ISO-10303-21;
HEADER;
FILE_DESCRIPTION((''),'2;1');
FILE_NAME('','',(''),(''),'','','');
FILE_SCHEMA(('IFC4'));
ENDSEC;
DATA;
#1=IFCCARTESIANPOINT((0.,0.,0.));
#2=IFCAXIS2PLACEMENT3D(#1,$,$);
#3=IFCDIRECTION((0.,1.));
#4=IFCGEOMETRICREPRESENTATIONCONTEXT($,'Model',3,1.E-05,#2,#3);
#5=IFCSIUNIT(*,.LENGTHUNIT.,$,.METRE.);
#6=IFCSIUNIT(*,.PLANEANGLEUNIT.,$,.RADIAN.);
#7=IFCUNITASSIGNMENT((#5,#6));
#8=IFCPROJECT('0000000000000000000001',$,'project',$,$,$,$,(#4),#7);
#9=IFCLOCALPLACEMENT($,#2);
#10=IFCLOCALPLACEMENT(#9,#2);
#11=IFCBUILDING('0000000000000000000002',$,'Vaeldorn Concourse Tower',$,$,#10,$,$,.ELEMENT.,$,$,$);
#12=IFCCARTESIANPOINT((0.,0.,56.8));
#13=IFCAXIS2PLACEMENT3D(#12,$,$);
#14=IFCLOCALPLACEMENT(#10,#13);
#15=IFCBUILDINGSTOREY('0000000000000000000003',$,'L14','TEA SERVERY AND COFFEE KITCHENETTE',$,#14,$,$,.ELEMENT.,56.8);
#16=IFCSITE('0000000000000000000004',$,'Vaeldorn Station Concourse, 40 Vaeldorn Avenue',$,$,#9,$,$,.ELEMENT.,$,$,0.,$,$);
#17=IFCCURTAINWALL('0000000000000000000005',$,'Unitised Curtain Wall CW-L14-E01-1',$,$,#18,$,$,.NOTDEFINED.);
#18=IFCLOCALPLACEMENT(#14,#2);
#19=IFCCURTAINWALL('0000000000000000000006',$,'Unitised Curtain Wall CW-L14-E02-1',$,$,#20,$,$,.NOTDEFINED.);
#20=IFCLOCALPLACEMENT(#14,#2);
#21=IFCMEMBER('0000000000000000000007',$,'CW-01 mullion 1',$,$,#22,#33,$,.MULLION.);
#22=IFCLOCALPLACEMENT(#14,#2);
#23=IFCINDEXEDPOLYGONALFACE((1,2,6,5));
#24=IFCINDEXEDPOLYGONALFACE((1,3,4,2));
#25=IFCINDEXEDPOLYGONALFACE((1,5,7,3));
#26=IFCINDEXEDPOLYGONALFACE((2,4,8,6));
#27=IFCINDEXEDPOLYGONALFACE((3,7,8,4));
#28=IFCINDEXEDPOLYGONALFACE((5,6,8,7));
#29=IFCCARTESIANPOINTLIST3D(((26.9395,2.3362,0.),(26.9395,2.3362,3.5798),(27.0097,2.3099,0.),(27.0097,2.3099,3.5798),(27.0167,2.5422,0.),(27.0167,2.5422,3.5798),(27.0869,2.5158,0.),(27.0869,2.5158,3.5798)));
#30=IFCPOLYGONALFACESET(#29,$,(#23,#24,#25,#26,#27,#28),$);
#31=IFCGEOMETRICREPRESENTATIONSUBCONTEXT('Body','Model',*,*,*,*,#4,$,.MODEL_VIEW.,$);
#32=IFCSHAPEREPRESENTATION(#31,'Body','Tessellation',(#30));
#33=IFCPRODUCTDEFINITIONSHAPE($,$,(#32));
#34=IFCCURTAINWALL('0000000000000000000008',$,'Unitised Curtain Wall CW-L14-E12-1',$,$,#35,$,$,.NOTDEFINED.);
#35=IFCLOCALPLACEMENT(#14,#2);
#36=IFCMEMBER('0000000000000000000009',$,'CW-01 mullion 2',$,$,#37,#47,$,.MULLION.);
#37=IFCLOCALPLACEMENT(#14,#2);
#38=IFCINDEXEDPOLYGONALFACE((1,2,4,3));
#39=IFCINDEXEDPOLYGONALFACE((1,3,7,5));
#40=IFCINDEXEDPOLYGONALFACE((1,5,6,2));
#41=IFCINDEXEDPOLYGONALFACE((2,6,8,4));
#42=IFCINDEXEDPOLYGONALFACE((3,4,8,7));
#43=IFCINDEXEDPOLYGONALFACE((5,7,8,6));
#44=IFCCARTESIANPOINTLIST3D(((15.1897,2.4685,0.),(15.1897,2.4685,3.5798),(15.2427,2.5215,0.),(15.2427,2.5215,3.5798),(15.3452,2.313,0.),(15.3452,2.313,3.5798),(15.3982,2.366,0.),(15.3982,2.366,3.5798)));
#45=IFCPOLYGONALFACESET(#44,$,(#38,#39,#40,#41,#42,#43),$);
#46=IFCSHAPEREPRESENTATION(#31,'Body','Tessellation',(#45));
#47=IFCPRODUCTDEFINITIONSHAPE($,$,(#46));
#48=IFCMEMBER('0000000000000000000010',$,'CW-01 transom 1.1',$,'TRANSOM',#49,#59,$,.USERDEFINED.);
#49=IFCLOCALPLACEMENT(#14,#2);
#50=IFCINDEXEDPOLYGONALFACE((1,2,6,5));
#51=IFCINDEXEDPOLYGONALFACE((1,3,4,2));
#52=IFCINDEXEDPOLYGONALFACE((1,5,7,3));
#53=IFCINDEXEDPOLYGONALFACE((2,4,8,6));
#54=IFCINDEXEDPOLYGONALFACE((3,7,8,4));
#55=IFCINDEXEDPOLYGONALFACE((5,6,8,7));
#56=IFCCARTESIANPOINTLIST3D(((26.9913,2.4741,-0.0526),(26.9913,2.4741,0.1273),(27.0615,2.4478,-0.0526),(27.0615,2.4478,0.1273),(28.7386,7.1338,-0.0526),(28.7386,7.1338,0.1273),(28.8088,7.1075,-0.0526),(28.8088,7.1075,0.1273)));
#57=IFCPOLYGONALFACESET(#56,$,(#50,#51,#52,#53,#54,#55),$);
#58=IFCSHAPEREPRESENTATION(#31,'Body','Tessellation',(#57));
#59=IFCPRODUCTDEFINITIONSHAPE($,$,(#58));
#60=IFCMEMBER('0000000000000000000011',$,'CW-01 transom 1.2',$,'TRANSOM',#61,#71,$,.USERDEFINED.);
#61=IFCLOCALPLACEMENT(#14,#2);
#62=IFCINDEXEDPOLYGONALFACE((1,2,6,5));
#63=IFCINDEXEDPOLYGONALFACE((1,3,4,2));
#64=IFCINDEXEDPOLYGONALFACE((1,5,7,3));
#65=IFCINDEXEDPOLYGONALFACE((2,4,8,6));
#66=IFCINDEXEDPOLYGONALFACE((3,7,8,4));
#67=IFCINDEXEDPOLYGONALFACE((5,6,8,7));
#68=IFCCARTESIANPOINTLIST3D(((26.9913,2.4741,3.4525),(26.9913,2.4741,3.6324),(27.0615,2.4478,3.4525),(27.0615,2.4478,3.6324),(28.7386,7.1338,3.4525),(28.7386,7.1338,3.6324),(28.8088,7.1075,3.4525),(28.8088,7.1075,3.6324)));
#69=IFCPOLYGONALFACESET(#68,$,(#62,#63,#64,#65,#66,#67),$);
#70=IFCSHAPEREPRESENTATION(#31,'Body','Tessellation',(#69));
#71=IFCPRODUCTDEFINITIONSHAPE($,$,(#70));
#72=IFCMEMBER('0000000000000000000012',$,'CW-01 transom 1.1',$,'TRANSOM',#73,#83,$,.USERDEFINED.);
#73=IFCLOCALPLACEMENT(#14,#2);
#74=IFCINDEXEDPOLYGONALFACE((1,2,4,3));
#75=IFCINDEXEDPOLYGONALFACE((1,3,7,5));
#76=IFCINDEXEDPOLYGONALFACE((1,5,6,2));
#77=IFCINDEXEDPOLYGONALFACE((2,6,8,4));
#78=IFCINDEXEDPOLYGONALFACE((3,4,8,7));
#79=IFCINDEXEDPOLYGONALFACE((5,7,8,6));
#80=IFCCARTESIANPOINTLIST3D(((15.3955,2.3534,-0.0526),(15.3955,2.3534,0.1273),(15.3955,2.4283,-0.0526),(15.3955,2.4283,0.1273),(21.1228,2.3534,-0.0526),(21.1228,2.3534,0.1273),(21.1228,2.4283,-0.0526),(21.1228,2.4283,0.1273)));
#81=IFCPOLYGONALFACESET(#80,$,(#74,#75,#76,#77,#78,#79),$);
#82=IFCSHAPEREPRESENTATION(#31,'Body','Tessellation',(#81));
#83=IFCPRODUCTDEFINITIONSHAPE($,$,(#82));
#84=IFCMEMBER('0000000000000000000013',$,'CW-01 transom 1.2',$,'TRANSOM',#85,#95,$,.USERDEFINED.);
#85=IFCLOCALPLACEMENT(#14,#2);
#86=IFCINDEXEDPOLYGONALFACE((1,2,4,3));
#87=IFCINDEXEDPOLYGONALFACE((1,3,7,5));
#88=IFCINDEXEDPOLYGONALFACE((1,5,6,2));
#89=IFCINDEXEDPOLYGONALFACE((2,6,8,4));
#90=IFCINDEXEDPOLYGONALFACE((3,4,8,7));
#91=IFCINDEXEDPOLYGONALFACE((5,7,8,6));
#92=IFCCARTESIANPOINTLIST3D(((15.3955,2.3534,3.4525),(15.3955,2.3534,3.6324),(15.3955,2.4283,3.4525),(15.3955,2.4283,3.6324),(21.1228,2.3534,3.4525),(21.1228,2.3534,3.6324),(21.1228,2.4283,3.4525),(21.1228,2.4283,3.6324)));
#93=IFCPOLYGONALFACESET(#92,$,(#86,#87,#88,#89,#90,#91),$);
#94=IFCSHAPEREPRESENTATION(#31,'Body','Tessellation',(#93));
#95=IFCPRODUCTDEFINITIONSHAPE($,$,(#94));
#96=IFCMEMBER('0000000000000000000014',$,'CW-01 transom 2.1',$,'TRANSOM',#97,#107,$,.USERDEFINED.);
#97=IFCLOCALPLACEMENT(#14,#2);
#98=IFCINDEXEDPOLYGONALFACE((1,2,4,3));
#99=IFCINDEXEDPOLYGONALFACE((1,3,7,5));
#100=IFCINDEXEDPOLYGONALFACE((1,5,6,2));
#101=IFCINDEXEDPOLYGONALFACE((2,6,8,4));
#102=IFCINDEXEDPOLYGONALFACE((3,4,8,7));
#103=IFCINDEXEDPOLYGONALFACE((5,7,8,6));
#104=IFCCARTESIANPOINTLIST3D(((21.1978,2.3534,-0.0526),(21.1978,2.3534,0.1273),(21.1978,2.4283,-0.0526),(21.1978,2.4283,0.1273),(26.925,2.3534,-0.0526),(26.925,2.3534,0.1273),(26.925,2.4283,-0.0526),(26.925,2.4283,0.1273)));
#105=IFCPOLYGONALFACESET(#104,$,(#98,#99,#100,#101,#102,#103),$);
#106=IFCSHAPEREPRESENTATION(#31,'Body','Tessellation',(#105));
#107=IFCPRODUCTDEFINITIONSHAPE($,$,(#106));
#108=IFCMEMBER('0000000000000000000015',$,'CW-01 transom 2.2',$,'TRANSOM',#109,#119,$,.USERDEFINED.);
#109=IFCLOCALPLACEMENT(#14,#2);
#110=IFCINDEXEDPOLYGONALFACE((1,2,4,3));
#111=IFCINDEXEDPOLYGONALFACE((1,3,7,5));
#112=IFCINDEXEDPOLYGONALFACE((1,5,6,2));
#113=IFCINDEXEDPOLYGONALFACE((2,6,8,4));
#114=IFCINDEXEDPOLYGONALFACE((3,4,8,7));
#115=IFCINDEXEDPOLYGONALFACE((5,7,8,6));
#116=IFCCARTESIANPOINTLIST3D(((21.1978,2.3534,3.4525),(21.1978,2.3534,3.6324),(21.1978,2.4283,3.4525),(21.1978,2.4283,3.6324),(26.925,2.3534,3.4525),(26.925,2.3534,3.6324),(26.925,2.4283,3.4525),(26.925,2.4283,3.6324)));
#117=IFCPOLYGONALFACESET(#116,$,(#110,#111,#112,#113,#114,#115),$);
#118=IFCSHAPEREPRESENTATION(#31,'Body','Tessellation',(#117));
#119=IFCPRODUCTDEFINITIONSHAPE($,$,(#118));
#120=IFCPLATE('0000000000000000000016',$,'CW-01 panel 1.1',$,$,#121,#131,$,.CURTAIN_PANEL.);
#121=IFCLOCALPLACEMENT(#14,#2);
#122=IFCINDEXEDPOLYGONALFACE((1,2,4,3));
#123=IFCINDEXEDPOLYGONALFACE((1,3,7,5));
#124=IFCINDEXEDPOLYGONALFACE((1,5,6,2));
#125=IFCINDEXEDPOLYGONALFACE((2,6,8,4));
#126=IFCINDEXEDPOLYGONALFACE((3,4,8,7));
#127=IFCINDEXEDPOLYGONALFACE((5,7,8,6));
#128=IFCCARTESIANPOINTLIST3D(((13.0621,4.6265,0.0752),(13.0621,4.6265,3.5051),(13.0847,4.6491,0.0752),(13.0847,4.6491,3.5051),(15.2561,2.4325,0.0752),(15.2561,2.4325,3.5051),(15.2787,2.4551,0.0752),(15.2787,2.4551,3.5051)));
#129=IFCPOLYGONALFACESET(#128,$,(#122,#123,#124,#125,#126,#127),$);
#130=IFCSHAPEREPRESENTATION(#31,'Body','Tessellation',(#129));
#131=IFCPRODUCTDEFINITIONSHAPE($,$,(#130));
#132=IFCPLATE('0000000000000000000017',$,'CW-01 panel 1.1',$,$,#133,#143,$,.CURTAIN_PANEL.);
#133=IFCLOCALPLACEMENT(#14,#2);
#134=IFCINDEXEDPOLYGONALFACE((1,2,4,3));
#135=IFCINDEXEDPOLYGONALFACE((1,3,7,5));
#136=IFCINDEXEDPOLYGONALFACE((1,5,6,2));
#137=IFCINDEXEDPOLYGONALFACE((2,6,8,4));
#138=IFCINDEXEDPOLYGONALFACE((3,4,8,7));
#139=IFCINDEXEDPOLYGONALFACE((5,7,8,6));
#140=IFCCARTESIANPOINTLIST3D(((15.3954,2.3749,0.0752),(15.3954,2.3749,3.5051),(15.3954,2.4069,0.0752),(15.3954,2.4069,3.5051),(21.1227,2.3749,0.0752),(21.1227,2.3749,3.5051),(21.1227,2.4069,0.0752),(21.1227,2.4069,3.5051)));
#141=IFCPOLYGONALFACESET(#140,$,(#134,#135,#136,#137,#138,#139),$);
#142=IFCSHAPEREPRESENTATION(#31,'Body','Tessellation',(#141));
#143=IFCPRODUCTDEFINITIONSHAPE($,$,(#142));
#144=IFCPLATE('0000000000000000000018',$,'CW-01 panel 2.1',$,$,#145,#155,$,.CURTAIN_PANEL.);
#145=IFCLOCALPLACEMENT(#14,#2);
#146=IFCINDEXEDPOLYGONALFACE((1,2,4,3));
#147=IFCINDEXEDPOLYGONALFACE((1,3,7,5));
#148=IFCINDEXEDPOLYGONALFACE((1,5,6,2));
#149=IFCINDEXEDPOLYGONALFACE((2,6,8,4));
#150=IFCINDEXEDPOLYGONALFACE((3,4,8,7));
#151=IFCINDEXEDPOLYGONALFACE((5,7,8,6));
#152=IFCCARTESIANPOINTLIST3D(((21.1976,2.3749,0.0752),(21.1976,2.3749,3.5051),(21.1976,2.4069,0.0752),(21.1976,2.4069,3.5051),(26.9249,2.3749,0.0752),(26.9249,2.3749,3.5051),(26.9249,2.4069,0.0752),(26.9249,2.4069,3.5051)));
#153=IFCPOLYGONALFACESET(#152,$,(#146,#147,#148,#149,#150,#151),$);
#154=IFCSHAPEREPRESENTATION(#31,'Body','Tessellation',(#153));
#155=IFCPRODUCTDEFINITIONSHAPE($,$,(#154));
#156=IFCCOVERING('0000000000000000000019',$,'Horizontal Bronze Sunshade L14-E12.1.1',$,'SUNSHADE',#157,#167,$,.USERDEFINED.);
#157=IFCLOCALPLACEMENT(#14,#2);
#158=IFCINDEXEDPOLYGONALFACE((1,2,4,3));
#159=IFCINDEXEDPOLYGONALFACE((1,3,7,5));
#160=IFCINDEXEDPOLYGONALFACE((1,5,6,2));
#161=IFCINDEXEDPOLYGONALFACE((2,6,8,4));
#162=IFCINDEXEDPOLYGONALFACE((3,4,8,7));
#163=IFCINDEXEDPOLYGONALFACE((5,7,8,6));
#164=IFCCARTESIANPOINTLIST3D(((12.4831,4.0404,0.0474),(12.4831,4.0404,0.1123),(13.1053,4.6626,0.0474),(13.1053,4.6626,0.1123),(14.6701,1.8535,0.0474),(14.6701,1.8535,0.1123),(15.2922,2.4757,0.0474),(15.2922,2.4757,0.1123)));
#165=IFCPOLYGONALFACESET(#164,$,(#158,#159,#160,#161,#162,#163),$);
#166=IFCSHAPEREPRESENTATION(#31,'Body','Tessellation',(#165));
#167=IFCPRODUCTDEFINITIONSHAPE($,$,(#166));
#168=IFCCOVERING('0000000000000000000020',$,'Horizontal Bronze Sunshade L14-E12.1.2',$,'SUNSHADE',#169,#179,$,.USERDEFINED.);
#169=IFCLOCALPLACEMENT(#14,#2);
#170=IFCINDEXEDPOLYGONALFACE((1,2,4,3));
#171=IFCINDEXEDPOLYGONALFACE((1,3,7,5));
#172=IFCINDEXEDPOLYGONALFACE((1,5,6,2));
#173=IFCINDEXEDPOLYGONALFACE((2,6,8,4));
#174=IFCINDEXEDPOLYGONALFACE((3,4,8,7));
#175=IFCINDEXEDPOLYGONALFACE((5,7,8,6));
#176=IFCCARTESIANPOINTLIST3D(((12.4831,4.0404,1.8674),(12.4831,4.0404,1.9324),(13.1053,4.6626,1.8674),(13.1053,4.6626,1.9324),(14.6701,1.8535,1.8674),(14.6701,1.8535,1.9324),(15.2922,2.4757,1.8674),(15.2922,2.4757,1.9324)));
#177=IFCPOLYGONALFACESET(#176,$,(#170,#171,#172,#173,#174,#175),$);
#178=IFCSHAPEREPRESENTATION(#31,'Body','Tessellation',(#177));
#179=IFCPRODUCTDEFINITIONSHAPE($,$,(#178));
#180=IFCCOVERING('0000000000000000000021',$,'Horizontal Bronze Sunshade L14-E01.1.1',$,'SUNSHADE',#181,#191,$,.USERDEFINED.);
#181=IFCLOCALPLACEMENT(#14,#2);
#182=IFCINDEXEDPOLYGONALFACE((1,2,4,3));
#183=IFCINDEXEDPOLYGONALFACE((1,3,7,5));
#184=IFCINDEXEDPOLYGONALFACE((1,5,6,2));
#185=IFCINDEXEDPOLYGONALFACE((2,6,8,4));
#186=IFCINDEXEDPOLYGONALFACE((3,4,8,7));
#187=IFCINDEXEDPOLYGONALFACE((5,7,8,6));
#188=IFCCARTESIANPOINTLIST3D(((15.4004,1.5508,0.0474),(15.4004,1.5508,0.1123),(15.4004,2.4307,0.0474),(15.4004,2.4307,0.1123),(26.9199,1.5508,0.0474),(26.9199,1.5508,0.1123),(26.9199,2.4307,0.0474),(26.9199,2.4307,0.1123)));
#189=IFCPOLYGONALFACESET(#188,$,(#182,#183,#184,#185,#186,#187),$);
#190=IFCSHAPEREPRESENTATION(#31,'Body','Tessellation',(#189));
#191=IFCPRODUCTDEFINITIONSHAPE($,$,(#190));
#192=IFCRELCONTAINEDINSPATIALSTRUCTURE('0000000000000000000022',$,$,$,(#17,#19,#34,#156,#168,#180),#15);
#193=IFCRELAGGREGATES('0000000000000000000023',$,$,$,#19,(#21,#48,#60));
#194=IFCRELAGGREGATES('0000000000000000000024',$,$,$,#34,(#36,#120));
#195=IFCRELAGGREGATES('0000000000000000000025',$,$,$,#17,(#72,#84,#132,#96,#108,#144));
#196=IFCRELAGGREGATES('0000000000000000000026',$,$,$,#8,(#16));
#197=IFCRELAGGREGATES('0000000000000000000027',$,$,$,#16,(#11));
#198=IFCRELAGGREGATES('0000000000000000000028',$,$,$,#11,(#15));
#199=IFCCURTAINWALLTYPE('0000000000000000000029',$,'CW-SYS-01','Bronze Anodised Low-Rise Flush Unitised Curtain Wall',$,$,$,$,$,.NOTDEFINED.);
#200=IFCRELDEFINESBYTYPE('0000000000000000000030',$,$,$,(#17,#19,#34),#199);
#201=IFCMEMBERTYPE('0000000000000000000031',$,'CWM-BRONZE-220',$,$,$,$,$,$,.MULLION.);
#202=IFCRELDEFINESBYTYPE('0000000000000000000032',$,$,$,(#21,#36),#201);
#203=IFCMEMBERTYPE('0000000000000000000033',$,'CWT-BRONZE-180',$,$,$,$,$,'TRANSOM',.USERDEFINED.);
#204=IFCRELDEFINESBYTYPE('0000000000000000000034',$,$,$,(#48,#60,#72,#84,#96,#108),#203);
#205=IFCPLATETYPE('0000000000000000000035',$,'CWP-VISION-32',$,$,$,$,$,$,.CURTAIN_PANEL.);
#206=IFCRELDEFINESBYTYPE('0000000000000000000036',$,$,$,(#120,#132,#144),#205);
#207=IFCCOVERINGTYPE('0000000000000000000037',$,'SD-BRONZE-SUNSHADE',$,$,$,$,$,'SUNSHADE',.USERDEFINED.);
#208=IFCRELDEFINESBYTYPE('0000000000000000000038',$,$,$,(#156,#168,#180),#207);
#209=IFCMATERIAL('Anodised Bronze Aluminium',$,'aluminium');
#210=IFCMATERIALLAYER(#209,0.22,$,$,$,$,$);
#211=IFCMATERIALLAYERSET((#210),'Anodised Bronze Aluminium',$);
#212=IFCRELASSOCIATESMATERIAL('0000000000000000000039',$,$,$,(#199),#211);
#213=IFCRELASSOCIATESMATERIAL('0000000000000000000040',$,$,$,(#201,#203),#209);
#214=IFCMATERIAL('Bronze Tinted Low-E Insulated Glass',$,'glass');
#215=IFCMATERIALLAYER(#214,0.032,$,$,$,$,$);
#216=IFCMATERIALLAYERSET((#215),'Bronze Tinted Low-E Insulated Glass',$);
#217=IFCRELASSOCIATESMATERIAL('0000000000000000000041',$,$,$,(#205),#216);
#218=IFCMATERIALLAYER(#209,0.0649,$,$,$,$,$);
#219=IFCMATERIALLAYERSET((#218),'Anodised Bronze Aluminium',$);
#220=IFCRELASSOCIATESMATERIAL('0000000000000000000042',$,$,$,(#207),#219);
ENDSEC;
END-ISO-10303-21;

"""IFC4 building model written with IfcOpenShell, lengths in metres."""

from ifc_helpers import new_model, si_unit, direction, frame, origin, origin_2d, place, context, subcontext, project, spatial, rectangle, extrude, source, transform, mapped, material, layer, layer_set, material_profile, profile_set, type_object, element, aggregate, save


model = new_model("IFC4")

# Units and contexts
model_context = context("Model", 3, precision=1e-05, world=origin(), true_north=direction((0.0, 1.0)))
body_context = subcontext(model_context, "Body", "Model", "MODEL_VIEW")
ifc_project = project(units=[si_unit("LENGTHUNIT", "METRE"), si_unit("PLANEANGLEUNIT", "RADIAN")], contexts=[model_context])

# Site, building, storey
site_placement = place(None, origin())
site = spatial("IfcSite", under=ifc_project, at=site_placement, Name="Vaeldorn Station Concourse, 40 Vaeldorn Avenue", CompositionType="ELEMENT", RefElevation=0.0)
building_placement = place(site_placement, origin())
building = spatial("IfcBuilding", under=site, at=building_placement, Name="Vaeldorn Concourse Tower", CompositionType="ELEMENT")
storey_placement = place(building_placement, frame((0.0, 0.0, 56.8)))
storey = spatial("IfcBuildingStorey", under=building, at=storey_placement, Name="L14", Description="TEA SERVERY AND COFFEE KITCHENETTE", CompositionType="ELEMENT", Elevation=56.8)

# Curtain wall
ifc_material_1 = material(Name="Anodised Bronze Aluminium", Category="aluminium")
ifc_layer_1 = layer(ifc_material_1, 0.22)
ifc_layer_set_1 = layer_set([ifc_layer_1], Name="Anodised Bronze Aluminium")
curtain_wall_type = type_object("IfcCurtainWallType", Name="CW-SYS-01", Description="Bronze Anodised Low-Rise Flush Unitised Curtain Wall", PredefinedType="NOTDEFINED", material=ifc_layer_set_1)
curtain_wall_1_placement = place(storey_placement, origin())
curtain_wall_1 = element("IfcCurtainWall", 1, at=curtain_wall_1_placement, inside=storey, type_object=curtain_wall_type, Name="Unitised Curtain Wall CW-L14-E01-1", PredefinedType="NOTDEFINED")
ifc_material_profile_1 = material_profile(ifc_material_1, rectangle(XDim=0.075, YDim=0.22, at=origin_2d()), Name="CWM 75x220")
ifc_profile_set_1 = profile_set([ifc_material_profile_1], Name="Anodised Bronze Aluminium")
member_type_1 = type_object("IfcMemberType", Name="CWM-BRONZE-220", PredefinedType="MULLION", material=ifc_profile_set_1)
shared_shape_1 = source(origin(), body_context, "Body", "SweptSolid", [
    extrude(rectangle(XDim=0.075, YDim=0.22, at=origin_2d()), origin(), (0.0, 0.0, 1.0), 3.5798),
])

# Curtain walls, members
curtain_wall_2_placement = place(storey_placement, origin())
curtain_wall_2 = element("IfcCurtainWall", 2, at=curtain_wall_2_placement, inside=storey, type_object=curtain_wall_type, Name="Unitised Curtain Wall CW-L14-E02-1", PredefinedType="NOTDEFINED")
member_1_placement = place(storey_placement, frame((27.0132, 2.426, 0.0), z_axis=(0.0, 0.0, 1.0), x_axis=(-0.936329, 0.351123, 0.0)))
member_1 = element("IfcMember", 3, at=member_1_placement, type_object=member_type_1, Name="CW-01 mullion 1", PredefinedType="MULLION", context=body_context, shape_type="MappedRepresentation", body=[
    mapped(shared_shape_1, transform((0.0, 0.0, 0.0), scale=1.0)),
])
curtain_wall_3_placement = place(storey_placement, origin())
curtain_wall_3 = element("IfcCurtainWall", 4, at=curtain_wall_3_placement, inside=storey, type_object=curtain_wall_type, Name="Unitised Curtain Wall CW-L14-E12-1", PredefinedType="NOTDEFINED")
member_2_placement = place(storey_placement, frame((15.2939, 2.4172, 0.0), z_axis=(0.0, 0.0, 1.0), x_axis=(0.707107, 0.707107, 0.0)))
member_2 = element("IfcMember", 5, at=member_2_placement, type_object=member_type_1, Name="CW-01 mullion 2", PredefinedType="MULLION", context=body_context, shape_type="MappedRepresentation", body=[
    mapped(shared_shape_1, transform((0.0, 0.0, 0.0), scale=1.0)),
])

# Members
ifc_material_profile_2 = material_profile(ifc_material_1, rectangle(XDim=0.075, YDim=0.1799, at=origin_2d()), Name="CWT 75x180")
ifc_profile_set_2 = profile_set([ifc_material_profile_2], Name="Anodised Bronze Aluminium")
member_type_2 = type_object("IfcMemberType", Name="CWT-BRONZE-180", ElementType="TRANSOM", PredefinedType="USERDEFINED", material=ifc_profile_set_2)
shared_shape_2 = source(origin(), body_context, "Body", "SweptSolid", [
    extrude(rectangle(XDim=0.075, YDim=0.1799, at=origin_2d()), origin(), (0.0, 0.0, 1.0), 4.9766),
])
member_3_placement = place(storey_placement, frame((27.0264, 2.4609, 0.0374), z_axis=(0.351113, 0.936333, 0.0), x_axis=(-0.936333, 0.351113, 0.0)))
member_3 = element("IfcMember", 6, at=member_3_placement, type_object=member_type_2, Name="CW-01 transom 1.1", ObjectType="TRANSOM", PredefinedType="USERDEFINED", context=body_context, shape_type="MappedRepresentation", body=[
    mapped(shared_shape_2, transform((0.0, 0.0, 0.0), scale=1.0)),
])
member_4_placement = place(storey_placement, frame((27.0264, 2.4609, 3.5425), z_axis=(0.351113, 0.936333, 0.0), x_axis=(-0.936333, 0.351113, 0.0)))
member_4 = element("IfcMember", 7, at=member_4_placement, type_object=member_type_2, Name="CW-01 transom 1.2", ObjectType="TRANSOM", PredefinedType="USERDEFINED", context=body_context, shape_type="MappedRepresentation", body=[
    mapped(shared_shape_2, transform((0.0, 0.0, 0.0), scale=1.0)),
])
aggregate(curtain_wall_2, [member_1, member_3, member_4])
shared_shape_3 = source(origin(), body_context, "Body", "SweptSolid", [
    extrude(rectangle(XDim=0.075, YDim=0.1799, at=origin_2d()), origin(), (0.0, 0.0, 1.0), 5.7273),
])
member_5_placement = place(storey_placement, frame((15.3955, 2.3909, 0.0374), z_axis=(1.0, 0.0, 0.0), x_axis=(0.0, 1.0, 0.0)))
member_5 = element("IfcMember", 8, at=member_5_placement, type_object=member_type_2, Name="CW-01 transom 1.1", ObjectType="TRANSOM", PredefinedType="USERDEFINED", context=body_context, shape_type="MappedRepresentation", body=[
    mapped(shared_shape_3, transform((0.0, 0.0, 0.0), scale=1.0)),
])
member_6_placement = place(storey_placement, frame((15.3955, 2.3909, 3.5425), z_axis=(1.0, 0.0, 0.0), x_axis=(0.0, 1.0, 0.0)))
member_6 = element("IfcMember", 9, at=member_6_placement, type_object=member_type_2, Name="CW-01 transom 1.2", ObjectType="TRANSOM", PredefinedType="USERDEFINED", context=body_context, shape_type="MappedRepresentation", body=[
    mapped(shared_shape_3, transform((0.0, 0.0, 0.0), scale=1.0)),
])
member_7_placement = place(storey_placement, frame((21.1978, 2.3909, 0.0374), z_axis=(1.0, 0.0, 0.0), x_axis=(0.0, 1.0, 0.0)))
member_7 = element("IfcMember", 10, at=member_7_placement, type_object=member_type_2, Name="CW-01 transom 2.1", ObjectType="TRANSOM", PredefinedType="USERDEFINED", context=body_context, shape_type="MappedRepresentation", body=[
    mapped(shared_shape_3, transform((0.0, 0.0, 0.0), scale=1.0)),
])
member_8_placement = place(storey_placement, frame((21.1978, 2.3909, 3.5425), z_axis=(1.0, 0.0, 0.0), x_axis=(0.0, 1.0, 0.0)))
member_8 = element("IfcMember", 11, at=member_8_placement, type_object=member_type_2, Name="CW-01 transom 2.2", ObjectType="TRANSOM", PredefinedType="USERDEFINED", context=body_context, shape_type="MappedRepresentation", body=[
    mapped(shared_shape_3, transform((0.0, 0.0, 0.0), scale=1.0)),
])

# Plates
ifc_material_2 = material(Name="Bronze Tinted Low-E Insulated Glass", Category="glass")
ifc_layer_2 = layer(ifc_material_2, 0.032)
ifc_layer_set_2 = layer_set([ifc_layer_2], Name="Bronze Tinted Low-E Insulated Glass")
plate_type = type_object("IfcPlateType", Name="CWP-VISION-32", PredefinedType="CURTAIN_PANEL", material=ifc_layer_set_2)
shared_shape_4 = source(origin(), body_context, "Body", "SweptSolid", [
    extrude(rectangle(XDim=3.1028, YDim=0.032, at=origin_2d()), origin(), (0.0, 0.0, 1.0), 3.4299),
])
plate_1_placement = place(storey_placement, frame((14.1704, 3.5408, 0.0752), z_axis=(0.0, 0.0, 1.0), x_axis=(0.707107, -0.707107, 0.0)))
plate_1 = element("IfcPlate", 12, at=plate_1_placement, type_object=plate_type, Name="CW-01 panel 1.1", PredefinedType="CURTAIN_PANEL", context=body_context, shape_type="MappedRepresentation", body=[
    mapped(shared_shape_4, transform((0.0, 0.0, 0.0), scale=1.0)),
])
aggregate(curtain_wall_3, [member_2, plate_1])
shared_shape_5 = source(origin(), body_context, "Body", "SweptSolid", [
    extrude(rectangle(XDim=5.7273, YDim=0.032, at=origin_2d()), origin(), (0.0, 0.0, 1.0), 3.4299),
])
plate_2_placement = place(storey_placement, frame((18.259, 2.3909, 0.0752), z_axis=(0.0, 0.0, 1.0), x_axis=(1.0, 0.0, 0.0)))
plate_2 = element("IfcPlate", 13, at=plate_2_placement, type_object=plate_type, Name="CW-01 panel 1.1", PredefinedType="CURTAIN_PANEL", context=body_context, shape_type="MappedRepresentation", body=[
    mapped(shared_shape_5, transform((0.0, 0.0, 0.0), scale=1.0)),
])
plate_3_placement = place(storey_placement, frame((24.0613, 2.3909, 0.0752), z_axis=(0.0, 0.0, 1.0), x_axis=(1.0, 0.0, 0.0)))
plate_3 = element("IfcPlate", 14, at=plate_3_placement, type_object=plate_type, Name="CW-01 panel 2.1", PredefinedType="CURTAIN_PANEL", context=body_context, shape_type="MappedRepresentation", body=[
    mapped(shared_shape_5, transform((0.0, 0.0, 0.0), scale=1.0)),
])
aggregate(curtain_wall_1, [member_5, member_6, plate_2, member_7, member_8, plate_3])

# Coverings
ifc_layer_3 = layer(ifc_material_1, 0.0649)
ifc_layer_set_3 = layer_set([ifc_layer_3], Name="Anodised Bronze Aluminium")
covering_type = type_object("IfcCoveringType", Name="SD-BRONZE-SUNSHADE", ElementType="SUNSHADE", PredefinedType="USERDEFINED", material=ifc_layer_set_3)
shared_shape_6 = source(origin(), body_context, "Body", "SweptSolid", [
    extrude(rectangle(XDim=3.0928, YDim=0.8799, at=origin_2d()), origin(), (0.0, 0.0, 1.0), 0.0649),
])
for number, where, z_axis, x_axis, name in (
    (15, (13.8877, 3.2581, 0.0474), (0.0, 0.0, 1.0), (0.707107, -0.707107, 0.0), "Horizontal Bronze Sunshade L14-E12.1.1"),
    (16, (13.8877, 3.2581, 1.8674), (0.0, 0.0, 1.0), (0.707107, -0.707107, 0.0), "Horizontal Bronze Sunshade L14-E12.1.2"),
):
    element("IfcCovering", number, at=place(storey_placement, frame(where, z_axis=z_axis, x_axis=x_axis)), inside=storey, type_object=covering_type, Name=name, ObjectType="SUNSHADE", PredefinedType="USERDEFINED", context=body_context, shape_type="MappedRepresentation", body=[
        mapped(shared_shape_6, transform((0.0, 0.0, 0.0), scale=1.0)),
    ])
shared_shape_7 = source(origin(), body_context, "Body", "SweptSolid", [
    extrude(rectangle(XDim=11.5195, YDim=0.8799, at=origin_2d()), origin(), (0.0, 0.0, 1.0), 0.0649),
])
for number, where, z_axis, x_axis, name in (
    (17, (21.1602, 1.9907, 0.0474), (0.0, 0.0, 1.0), (1.0, 0.0, 0.0), "Horizontal Bronze Sunshade L14-E01.1.1"),
):
    element("IfcCovering", number, at=place(storey_placement, frame(where, z_axis=z_axis, x_axis=x_axis)), inside=storey, type_object=covering_type, Name=name, ObjectType="SUNSHADE", PredefinedType="USERDEFINED", context=body_context, shape_type="MappedRepresentation", body=[
        mapped(shared_shape_7, transform((0.0, 0.0, 0.0), scale=1.0)),
    ])

save(model, "model.ifc")
